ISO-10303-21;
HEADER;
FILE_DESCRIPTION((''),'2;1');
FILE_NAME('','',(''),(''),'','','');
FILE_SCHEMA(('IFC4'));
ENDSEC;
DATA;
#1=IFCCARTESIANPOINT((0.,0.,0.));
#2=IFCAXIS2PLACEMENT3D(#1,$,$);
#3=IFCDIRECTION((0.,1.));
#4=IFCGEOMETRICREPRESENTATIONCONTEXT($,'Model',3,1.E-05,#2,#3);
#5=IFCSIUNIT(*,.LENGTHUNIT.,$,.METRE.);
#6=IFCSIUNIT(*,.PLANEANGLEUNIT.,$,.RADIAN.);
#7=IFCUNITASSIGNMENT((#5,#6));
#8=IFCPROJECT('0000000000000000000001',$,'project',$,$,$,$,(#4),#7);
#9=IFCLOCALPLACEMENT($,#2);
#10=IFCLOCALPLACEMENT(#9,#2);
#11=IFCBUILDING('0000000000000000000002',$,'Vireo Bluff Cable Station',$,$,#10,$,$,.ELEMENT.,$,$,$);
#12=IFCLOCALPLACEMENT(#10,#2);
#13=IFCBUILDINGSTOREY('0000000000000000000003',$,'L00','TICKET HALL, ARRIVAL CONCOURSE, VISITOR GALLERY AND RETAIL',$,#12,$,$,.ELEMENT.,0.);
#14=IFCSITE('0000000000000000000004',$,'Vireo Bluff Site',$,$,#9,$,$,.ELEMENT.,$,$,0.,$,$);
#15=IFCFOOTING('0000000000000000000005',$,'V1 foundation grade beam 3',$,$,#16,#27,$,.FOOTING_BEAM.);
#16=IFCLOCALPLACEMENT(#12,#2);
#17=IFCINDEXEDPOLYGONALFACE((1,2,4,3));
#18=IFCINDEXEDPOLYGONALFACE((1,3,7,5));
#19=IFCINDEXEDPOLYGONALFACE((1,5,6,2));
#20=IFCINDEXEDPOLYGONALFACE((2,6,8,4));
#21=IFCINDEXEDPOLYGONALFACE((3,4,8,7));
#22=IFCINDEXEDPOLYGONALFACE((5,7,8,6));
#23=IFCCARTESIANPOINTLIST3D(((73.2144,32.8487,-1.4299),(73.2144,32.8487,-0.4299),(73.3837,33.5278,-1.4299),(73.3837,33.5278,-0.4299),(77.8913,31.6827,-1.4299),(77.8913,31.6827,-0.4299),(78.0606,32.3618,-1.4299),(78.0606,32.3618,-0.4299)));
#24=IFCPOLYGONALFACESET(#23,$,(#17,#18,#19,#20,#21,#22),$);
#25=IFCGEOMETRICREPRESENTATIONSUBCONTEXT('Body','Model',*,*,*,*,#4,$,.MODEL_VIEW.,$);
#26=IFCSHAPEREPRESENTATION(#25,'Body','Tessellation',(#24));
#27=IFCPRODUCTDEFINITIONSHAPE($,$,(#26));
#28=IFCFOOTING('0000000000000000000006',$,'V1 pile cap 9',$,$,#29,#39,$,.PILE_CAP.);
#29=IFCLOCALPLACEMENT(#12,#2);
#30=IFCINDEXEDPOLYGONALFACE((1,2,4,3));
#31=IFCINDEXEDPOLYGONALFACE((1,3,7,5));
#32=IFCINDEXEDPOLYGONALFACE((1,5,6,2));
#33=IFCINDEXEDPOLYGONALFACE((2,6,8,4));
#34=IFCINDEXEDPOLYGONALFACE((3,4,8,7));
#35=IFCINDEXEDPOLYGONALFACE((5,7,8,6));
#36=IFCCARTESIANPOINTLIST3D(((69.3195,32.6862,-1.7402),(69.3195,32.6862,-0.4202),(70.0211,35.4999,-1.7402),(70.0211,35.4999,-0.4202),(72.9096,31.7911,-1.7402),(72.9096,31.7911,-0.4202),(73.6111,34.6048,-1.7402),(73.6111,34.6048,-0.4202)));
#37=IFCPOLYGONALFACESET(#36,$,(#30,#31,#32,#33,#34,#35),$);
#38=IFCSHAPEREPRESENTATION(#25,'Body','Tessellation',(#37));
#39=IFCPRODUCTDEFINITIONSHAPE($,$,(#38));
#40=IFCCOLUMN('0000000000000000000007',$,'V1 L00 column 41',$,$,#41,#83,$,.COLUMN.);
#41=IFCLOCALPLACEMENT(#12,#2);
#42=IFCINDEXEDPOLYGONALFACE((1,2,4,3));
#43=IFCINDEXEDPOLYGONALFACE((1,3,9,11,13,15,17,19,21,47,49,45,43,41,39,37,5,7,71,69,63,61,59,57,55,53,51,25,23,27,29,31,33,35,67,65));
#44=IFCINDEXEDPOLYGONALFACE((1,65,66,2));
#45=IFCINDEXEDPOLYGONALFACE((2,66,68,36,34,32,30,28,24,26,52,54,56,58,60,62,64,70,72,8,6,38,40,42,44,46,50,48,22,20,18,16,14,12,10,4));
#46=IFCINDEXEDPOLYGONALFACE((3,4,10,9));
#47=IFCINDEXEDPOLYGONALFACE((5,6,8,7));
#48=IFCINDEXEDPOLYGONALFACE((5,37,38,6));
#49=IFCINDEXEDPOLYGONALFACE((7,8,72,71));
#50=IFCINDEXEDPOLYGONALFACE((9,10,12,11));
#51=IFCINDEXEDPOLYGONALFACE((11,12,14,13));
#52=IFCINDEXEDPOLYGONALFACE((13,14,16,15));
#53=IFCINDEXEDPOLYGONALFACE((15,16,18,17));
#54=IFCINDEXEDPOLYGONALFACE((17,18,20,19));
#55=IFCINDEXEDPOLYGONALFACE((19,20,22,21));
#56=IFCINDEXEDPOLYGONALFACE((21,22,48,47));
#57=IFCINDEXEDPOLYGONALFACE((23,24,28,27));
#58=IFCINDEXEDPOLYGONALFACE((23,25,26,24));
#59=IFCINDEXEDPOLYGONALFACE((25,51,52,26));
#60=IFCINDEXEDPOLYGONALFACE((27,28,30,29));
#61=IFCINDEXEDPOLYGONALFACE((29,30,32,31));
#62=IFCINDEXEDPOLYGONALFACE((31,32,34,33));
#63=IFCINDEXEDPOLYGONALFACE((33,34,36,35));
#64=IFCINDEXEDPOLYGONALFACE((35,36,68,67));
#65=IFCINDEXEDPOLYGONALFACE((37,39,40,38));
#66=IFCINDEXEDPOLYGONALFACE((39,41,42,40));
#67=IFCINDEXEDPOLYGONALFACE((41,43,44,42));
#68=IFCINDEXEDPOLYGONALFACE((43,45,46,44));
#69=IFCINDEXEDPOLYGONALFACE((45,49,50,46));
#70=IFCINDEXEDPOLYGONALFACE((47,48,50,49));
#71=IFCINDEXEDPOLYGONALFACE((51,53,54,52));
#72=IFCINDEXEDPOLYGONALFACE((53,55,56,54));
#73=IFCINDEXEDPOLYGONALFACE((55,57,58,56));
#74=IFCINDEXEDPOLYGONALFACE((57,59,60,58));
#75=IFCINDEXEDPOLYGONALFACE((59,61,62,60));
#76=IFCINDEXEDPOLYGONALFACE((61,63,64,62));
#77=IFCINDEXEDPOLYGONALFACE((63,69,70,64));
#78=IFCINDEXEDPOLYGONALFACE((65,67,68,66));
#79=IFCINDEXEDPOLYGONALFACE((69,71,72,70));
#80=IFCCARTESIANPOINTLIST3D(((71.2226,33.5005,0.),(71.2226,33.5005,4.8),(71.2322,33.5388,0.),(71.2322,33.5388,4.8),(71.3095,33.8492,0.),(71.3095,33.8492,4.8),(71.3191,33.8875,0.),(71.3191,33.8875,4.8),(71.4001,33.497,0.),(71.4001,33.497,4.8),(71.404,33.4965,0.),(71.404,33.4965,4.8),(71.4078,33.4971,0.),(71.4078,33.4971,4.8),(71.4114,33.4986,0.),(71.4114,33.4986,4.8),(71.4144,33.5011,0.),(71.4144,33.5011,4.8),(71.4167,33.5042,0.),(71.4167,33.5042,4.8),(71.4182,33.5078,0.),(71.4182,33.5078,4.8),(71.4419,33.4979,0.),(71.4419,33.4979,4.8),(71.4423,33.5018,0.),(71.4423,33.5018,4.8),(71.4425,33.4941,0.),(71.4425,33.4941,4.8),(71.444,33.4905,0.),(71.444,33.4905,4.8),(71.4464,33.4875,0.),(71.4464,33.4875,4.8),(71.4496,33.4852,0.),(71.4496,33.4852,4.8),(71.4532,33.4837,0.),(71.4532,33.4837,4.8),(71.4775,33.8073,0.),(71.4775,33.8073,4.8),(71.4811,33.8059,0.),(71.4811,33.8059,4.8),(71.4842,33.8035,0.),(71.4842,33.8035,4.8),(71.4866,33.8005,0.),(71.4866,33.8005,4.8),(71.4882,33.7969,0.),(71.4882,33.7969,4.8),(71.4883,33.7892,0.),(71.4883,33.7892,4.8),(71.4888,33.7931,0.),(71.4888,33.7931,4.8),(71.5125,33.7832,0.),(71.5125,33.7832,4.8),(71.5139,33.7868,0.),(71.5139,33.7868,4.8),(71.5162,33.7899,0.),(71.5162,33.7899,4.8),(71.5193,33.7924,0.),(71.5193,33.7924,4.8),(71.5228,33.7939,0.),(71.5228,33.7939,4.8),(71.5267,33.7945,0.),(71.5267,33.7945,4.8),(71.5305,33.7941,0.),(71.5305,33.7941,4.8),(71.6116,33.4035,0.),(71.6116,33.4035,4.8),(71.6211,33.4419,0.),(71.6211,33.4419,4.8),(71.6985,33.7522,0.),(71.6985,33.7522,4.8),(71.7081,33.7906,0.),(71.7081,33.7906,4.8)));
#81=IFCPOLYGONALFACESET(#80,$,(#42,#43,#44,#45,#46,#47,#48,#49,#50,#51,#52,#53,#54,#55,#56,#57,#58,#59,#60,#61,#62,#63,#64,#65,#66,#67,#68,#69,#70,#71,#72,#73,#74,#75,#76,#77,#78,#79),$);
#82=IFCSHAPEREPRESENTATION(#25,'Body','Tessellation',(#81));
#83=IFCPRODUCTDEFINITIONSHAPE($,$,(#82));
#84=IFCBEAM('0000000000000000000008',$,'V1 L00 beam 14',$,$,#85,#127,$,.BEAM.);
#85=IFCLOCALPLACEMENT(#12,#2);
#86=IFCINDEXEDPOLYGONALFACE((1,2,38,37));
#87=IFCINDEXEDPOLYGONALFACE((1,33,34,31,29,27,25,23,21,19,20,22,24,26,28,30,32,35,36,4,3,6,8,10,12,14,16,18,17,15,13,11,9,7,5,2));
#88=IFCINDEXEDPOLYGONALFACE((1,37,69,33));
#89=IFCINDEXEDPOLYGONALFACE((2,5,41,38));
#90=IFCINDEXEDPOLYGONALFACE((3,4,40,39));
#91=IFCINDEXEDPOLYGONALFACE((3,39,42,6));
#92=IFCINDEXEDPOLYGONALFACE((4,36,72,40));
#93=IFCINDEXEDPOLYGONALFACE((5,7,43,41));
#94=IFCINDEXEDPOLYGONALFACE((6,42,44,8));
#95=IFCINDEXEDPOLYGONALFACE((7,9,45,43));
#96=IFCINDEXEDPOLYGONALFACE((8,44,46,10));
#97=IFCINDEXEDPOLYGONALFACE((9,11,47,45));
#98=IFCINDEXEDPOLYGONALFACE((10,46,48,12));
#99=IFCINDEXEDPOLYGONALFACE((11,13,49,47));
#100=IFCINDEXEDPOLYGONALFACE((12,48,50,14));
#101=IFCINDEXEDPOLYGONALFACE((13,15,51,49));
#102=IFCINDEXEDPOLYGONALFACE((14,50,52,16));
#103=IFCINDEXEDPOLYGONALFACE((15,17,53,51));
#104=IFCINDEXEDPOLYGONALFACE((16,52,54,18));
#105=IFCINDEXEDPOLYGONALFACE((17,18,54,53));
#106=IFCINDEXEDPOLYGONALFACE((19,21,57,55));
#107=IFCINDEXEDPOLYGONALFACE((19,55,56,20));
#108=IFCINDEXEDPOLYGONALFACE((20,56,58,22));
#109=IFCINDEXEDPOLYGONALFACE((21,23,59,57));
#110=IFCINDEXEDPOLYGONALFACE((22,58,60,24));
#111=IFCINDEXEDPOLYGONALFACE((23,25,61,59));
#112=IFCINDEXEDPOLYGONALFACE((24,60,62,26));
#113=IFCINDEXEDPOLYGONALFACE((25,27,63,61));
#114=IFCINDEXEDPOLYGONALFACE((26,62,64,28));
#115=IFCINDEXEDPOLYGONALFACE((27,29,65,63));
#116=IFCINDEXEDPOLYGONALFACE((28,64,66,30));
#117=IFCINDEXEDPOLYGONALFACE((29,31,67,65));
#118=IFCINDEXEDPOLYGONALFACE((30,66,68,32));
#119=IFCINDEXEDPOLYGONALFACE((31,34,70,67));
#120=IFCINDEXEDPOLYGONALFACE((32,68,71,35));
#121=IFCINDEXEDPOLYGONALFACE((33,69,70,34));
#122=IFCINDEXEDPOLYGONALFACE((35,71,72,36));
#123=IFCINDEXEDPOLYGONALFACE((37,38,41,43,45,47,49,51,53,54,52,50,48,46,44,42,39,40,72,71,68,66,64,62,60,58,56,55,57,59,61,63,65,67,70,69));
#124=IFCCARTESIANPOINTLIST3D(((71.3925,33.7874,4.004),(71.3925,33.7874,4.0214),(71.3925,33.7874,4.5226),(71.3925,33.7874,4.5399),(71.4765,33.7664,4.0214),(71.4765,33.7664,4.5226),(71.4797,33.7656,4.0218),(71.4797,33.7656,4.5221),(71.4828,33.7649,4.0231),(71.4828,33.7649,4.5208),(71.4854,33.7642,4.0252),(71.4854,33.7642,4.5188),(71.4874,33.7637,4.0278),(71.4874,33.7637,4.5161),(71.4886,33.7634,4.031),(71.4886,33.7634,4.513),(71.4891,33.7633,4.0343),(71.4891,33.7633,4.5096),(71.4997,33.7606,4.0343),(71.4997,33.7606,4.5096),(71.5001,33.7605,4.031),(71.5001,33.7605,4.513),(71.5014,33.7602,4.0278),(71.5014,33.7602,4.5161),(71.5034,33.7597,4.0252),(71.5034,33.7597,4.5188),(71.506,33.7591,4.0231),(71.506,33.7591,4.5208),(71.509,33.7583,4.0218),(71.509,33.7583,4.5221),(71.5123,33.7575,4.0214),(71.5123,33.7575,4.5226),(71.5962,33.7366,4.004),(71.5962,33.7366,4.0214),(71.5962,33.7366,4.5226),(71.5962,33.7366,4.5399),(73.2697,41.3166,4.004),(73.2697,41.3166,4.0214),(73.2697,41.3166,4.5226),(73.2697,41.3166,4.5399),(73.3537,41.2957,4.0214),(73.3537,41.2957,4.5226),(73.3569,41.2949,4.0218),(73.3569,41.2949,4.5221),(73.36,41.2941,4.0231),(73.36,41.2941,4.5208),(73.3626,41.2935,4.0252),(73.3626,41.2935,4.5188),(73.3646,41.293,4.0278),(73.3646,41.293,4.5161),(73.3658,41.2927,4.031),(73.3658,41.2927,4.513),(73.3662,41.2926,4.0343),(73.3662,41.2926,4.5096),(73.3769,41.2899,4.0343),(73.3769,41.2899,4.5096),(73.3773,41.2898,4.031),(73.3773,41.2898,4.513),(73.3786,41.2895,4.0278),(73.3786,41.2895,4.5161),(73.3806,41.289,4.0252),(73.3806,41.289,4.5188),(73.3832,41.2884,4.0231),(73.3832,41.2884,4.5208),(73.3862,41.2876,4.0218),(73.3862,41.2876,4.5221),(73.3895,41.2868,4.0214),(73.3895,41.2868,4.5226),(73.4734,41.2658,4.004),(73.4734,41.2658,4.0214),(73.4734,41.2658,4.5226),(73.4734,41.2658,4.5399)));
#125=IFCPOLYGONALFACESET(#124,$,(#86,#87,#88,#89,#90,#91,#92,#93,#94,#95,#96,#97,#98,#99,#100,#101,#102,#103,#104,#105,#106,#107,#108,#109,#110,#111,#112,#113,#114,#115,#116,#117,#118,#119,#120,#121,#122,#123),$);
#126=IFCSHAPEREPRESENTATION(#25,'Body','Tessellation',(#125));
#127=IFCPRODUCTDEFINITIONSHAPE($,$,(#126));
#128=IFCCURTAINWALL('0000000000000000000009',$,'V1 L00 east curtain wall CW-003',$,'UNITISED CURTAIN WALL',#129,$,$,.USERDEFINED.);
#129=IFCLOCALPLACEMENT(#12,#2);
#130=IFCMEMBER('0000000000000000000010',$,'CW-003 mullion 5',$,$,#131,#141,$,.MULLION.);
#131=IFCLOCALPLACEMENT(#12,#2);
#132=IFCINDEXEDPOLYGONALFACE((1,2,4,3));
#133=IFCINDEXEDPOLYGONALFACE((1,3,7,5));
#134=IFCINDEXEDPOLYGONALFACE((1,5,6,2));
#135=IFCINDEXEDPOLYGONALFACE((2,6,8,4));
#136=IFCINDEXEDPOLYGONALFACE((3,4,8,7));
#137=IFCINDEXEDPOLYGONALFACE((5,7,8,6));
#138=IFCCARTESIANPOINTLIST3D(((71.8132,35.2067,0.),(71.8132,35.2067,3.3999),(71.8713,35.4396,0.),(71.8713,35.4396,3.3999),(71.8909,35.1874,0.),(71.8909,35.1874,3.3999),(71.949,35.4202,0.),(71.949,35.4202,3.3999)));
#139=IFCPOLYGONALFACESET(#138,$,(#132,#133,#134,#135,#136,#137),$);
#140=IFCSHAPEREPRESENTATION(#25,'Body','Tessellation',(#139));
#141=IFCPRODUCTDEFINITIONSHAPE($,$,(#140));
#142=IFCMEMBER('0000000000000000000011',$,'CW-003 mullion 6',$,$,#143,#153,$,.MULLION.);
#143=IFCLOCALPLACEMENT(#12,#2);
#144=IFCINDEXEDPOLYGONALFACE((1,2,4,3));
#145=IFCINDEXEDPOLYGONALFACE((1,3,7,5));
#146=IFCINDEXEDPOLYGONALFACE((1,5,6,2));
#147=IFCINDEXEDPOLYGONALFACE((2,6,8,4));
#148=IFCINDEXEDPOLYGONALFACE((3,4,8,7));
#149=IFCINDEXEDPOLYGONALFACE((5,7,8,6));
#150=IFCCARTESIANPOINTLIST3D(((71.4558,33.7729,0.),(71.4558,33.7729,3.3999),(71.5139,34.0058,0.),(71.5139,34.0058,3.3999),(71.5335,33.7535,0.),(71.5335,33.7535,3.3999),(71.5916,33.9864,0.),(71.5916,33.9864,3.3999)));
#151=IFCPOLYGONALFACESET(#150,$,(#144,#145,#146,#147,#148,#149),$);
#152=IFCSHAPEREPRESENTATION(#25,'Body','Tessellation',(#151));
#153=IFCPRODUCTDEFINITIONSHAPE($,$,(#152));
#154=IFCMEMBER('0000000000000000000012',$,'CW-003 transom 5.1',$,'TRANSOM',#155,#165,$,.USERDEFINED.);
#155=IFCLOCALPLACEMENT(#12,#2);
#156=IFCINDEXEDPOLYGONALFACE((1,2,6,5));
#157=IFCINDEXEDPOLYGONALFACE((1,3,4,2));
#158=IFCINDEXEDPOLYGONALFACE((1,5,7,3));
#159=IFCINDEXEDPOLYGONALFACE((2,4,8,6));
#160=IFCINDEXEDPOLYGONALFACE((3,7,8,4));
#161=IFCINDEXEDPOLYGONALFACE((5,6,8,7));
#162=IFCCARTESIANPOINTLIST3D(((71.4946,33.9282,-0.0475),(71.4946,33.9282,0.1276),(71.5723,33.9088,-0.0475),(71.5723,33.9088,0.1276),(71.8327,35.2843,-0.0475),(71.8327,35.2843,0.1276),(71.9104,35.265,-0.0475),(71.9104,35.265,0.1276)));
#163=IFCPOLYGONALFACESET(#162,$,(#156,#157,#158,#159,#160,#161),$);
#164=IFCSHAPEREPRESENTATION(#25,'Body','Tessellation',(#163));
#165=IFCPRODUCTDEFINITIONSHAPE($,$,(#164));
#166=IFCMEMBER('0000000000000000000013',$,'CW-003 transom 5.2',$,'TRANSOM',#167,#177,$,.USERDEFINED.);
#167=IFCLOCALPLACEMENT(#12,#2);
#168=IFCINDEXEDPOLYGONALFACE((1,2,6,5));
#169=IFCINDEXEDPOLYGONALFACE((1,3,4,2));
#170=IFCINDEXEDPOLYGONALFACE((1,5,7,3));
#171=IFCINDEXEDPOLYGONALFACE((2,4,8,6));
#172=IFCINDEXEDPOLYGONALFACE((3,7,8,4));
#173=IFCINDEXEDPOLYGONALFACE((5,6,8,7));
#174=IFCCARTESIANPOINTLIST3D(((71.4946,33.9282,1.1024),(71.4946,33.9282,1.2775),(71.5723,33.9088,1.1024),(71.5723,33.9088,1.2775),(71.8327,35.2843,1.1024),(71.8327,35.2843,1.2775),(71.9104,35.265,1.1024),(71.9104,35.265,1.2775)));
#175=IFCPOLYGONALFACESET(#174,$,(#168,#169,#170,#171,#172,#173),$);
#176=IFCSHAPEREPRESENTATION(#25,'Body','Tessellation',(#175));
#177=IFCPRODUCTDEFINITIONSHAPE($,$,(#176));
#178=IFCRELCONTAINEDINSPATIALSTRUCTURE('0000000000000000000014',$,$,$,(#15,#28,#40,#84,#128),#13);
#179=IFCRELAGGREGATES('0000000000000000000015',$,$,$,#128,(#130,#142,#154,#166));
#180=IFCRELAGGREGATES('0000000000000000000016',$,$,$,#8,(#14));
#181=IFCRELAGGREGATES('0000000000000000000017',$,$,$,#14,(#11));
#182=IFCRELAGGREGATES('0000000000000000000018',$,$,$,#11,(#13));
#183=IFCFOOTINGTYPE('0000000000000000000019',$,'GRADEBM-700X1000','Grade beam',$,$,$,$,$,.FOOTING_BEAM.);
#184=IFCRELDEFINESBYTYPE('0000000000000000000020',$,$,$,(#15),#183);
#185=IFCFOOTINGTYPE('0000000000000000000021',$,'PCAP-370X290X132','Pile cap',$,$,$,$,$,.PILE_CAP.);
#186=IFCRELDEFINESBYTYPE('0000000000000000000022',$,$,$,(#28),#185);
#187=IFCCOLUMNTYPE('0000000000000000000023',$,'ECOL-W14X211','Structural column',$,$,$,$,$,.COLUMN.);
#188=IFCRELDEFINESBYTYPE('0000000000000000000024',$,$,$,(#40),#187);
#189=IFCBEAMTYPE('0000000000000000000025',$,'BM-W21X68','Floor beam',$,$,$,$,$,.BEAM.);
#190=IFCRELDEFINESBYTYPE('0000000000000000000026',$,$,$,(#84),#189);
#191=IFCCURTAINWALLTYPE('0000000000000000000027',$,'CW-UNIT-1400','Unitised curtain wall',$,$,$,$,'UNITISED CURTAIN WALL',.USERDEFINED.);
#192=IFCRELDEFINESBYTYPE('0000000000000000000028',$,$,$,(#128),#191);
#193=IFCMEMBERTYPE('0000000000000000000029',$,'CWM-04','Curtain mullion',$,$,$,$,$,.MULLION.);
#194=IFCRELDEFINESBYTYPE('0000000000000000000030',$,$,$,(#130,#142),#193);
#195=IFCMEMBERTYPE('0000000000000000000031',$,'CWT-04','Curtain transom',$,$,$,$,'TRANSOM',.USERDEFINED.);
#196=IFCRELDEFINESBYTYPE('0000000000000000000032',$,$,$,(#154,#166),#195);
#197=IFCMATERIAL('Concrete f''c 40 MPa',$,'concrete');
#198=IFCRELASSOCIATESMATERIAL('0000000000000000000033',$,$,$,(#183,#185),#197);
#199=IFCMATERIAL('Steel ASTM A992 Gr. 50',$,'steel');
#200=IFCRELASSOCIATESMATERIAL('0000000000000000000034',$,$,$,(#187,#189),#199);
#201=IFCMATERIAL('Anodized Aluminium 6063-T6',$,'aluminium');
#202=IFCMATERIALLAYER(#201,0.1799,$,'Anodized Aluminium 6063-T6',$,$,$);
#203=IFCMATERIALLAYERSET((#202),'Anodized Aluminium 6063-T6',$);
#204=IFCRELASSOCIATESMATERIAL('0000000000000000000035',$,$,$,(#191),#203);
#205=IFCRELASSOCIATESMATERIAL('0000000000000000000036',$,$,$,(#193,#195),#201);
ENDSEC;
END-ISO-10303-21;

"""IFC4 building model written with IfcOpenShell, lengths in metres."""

from ifc_helpers import new_model, si_unit, direction, frame, origin, origin_2d, place, context, subcontext, project, spatial, rectangle, i_section, extrude, material, layer, layer_set, material_profile, profile_set, type_object, element, aggregate, save


model = new_model("IFC4")

# Units and contexts
model_context = context("Model", 3, precision=1e-05, world=origin(), true_north=direction((0.0, 1.0)))
body_context = subcontext(model_context, "Body", "Model", "MODEL_VIEW")
ifc_project = project(units=[si_unit("LENGTHUNIT", "METRE"), si_unit("PLANEANGLEUNIT", "RADIAN")], contexts=[model_context])

# Site, building, storey
site_placement = place(None, origin())
site = spatial("IfcSite", under=ifc_project, at=site_placement, Name="Vireo Bluff Site", CompositionType="ELEMENT", RefElevation=0.0)
building_placement = place(site_placement, origin())
building = spatial("IfcBuilding", under=site, at=building_placement, Name="Vireo Bluff Cable Station", CompositionType="ELEMENT")
storey_placement = place(building_placement, origin())
storey = spatial("IfcBuildingStorey", under=building, at=storey_placement, Name="L00", Description="TICKET HALL, ARRIVAL CONCOURSE, VISITOR GALLERY AND RETAIL", CompositionType="ELEMENT", Elevation=0.0)

# Footings
ifc_material_1 = material(Name="Concrete f'c 40 MPa", Category="concrete")
ifc_material_profile_1 = material_profile(ifc_material_1, rectangle(XDim=0.7, YDim=1.0, at=origin_2d()), Name="GRADEBM-700X1000")
ifc_profile_set_1 = profile_set([ifc_material_profile_1], Name="Concrete f'c 40 MPa")
footing_type_1 = type_object("IfcFootingType", Name="GRADEBM-700X1000", Description="Grade beam", PredefinedType="FOOTING_BEAM", material=ifc_profile_set_1)
footing_1_placement = place(storey_placement, frame((73.2991, 33.1882, -0.9299), z_axis=(0.9703, -0.241904, 0.0), x_axis=(0.241904, 0.9703, 0.0)))
element("IfcFooting", 1, at=footing_1_placement, inside=storey, type_object=footing_type_1, Name="V1 foundation grade beam 3", PredefinedType="FOOTING_BEAM", context=body_context, shape_type="SweptSolid", body=[
    extrude(rectangle(XDim=0.7, YDim=1.0, at=origin_2d()), origin(), (0.0, 0.0, 1.0), 4.8201),
])
footing_type_2 = type_object("IfcFootingType", Name="PCAP-370X290X132", Description="Pile cap", PredefinedType="PILE_CAP", material=ifc_material_1)
footing_2_placement = place(storey_placement, frame((71.4653, 33.6455, -1.7402), z_axis=(0.0, 0.0, 1.0), x_axis=(0.970296, -0.241922, 0.0)))
element("IfcFooting", 2, at=footing_2_placement, inside=storey, type_object=footing_type_2, Name="V1 pile cap 9", PredefinedType="PILE_CAP", context=body_context, shape_type="SweptSolid", body=[
    extrude(rectangle(XDim=3.7, YDim=2.8999, at=origin_2d()), origin(), (0.0, 0.0, 1.0), 1.3201),
])

# Column
ifc_material_2 = material(Name="Steel ASTM A992 Gr. 50", Category="steel")
ifc_material_profile_2 = material_profile(ifc_material_2, i_section(OverallWidth=0.4009, OverallDepth=0.3989, WebThickness=0.0249, FlangeThickness=0.0396, FilletRadius=0.0149, at=origin_2d()), Name="W14X211")
ifc_profile_set_2 = profile_set([ifc_material_profile_2], Name="Steel ASTM A992 Gr. 50")
column_type = type_object("IfcColumnType", Name="ECOL-W14X211", Description="Structural column", PredefinedType="COLUMN", material=ifc_profile_set_2)
column_placement = place(storey_placement, frame((71.4653, 33.6455, 0.0), z_axis=(0.0, 0.0, 1.0), x_axis=(0.970296, -0.241922, 0.0)))
element("IfcColumn", 3, at=column_placement, inside=storey, type_object=column_type, Name="V1 L00 column 41", PredefinedType="COLUMN", context=body_context, shape_type="SweptSolid", body=[
    extrude(i_section(OverallWidth=0.4009, OverallDepth=0.3989, WebThickness=0.0249, FlangeThickness=0.0396, FilletRadius=0.0149, at=origin_2d()), origin(), (0.0, 0.0, 1.0), 4.8),
])

# Beam
ifc_material_profile_3 = material_profile(ifc_material_2, i_section(OverallWidth=0.21, OverallDepth=0.5359, WebThickness=0.011, FlangeThickness=0.0173, FilletRadius=0.0129, at=origin_2d()), Name="W21X68")
ifc_profile_set_3 = profile_set([ifc_material_profile_3], Name="Steel ASTM A992 Gr. 50")
beam_type_1 = type_object("IfcBeamType", Name="BM-W21X68", Description="Floor beam", PredefinedType="BEAM", material=ifc_profile_set_3)
beam_1_placement = place(storey_placement, frame((71.4944, 33.762, 4.272), z_axis=(0.241914, 0.970298, 0.0), x_axis=(-0.970298, 0.241914, 0.0)))
element("IfcBeam", 4, at=beam_1_placement, inside=storey, type_object=beam_type_1, Name="V1 L00 beam 14", PredefinedType="BEAM", context=body_context, shape_type="SweptSolid", body=[
    extrude(i_section(OverallWidth=0.21, OverallDepth=0.5359, WebThickness=0.011, FlangeThickness=0.0173, FilletRadius=0.0129, at=origin_2d()), origin(), (0.0, 0.0, 1.0), 7.7598),
])

# Curtain wall, members
ifc_material_3 = material(Name="Anodized Aluminium 6063-T6", Category="aluminium")
ifc_layer_1 = layer(ifc_material_3, 0.1799, Name="Anodized Aluminium 6063-T6")
ifc_layer_set_1 = layer_set([ifc_layer_1], Name="Anodized Aluminium 6063-T6")
curtain_wall_type = type_object("IfcCurtainWallType", Name="CW-UNIT-1400", Description="Unitised curtain wall", ElementType="UNITISED CURTAIN WALL", PredefinedType="USERDEFINED", material=ifc_layer_set_1)
curtain_wall_placement = place(storey_placement, origin())
curtain_wall = element("IfcCurtainWall", 5, at=curtain_wall_placement, inside=storey, type_object=curtain_wall_type, Name="V1 L00 east curtain wall CW-003", ObjectType="UNITISED CURTAIN WALL", PredefinedType="USERDEFINED")
ifc_material_profile_4 = material_profile(ifc_material_3, rectangle(XDim=0.0801, YDim=0.24, at=origin_2d()), Name="ALU-M-80X240")
ifc_profile_set_4 = profile_set([ifc_material_profile_4], Name="Anodized Aluminium 6063-T6")
member_type_1 = type_object("IfcMemberType", Name="CWM-04", Description="Curtain mullion", PredefinedType="MULLION", material=ifc_profile_set_4)
member_1_placement = place(storey_placement, frame((71.8811, 35.3135, 0.0), z_axis=(0.0, 0.0, 1.0), x_axis=(0.970296, -0.241922, 0.0)))
member_1 = element("IfcMember", 6, at=member_1_placement, type_object=member_type_1, Name="CW-003 mullion 5", PredefinedType="MULLION", context=body_context, shape_type="SweptSolid", body=[
    extrude(rectangle(XDim=0.0801, YDim=0.24, at=origin_2d()), origin(), (0.0, 0.0, 1.0), 3.3999),
])
member_2_placement = place(storey_placement, frame((71.5237, 33.8796, 0.0), z_axis=(0.0, 0.0, 1.0), x_axis=(0.970296, -0.241922, 0.0)))
member_2 = element("IfcMember", 7, at=member_2_placement, type_object=member_type_1, Name="CW-003 mullion 6", PredefinedType="MULLION", context=body_context, shape_type="SweptSolid", body=[
    extrude(rectangle(XDim=0.0801, YDim=0.24, at=origin_2d()), origin(), (0.0, 0.0, 1.0), 3.3999),
])
ifc_material_profile_5 = material_profile(ifc_material_3, rectangle(XDim=0.0801, YDim=0.175, at=origin_2d()), Name="ALU-T-80X175")
ifc_profile_set_5 = profile_set([ifc_material_profile_5], Name="Anodized Aluminium 6063-T6")
member_type_2 = type_object("IfcMemberType", Name="CWT-04", Description="Curtain transom", ElementType="TRANSOM", PredefinedType="USERDEFINED", material=ifc_profile_set_5)
member_3_placement = place(storey_placement, frame((71.8716, 35.2747, 0.04), z_axis=(-0.241919, -0.970296, 0.0), x_axis=(0.970296, -0.241919, 0.0)))
member_3 = element("IfcMember", 8, at=member_3_placement, type_object=member_type_2, Name="CW-003 transom 5.1", ObjectType="TRANSOM", PredefinedType="USERDEFINED", context=body_context, shape_type="SweptSolid", body=[
    extrude(rectangle(XDim=0.0801, YDim=0.175, at=origin_2d()), origin(), (0.0, 0.0, 1.0), 1.3977),
])
member_4_placement = place(storey_placement, frame((71.8716, 35.2747, 1.1899), z_axis=(-0.241919, -0.970296, 0.0), x_axis=(0.970296, -0.241919, 0.0)))
member_4 = element("IfcMember", 9, at=member_4_placement, type_object=member_type_2, Name="CW-003 transom 5.2", ObjectType="TRANSOM", PredefinedType="USERDEFINED", context=body_context, shape_type="SweptSolid", body=[
    extrude(rectangle(XDim=0.0801, YDim=0.175, at=origin_2d()), origin(), (0.0, 0.0, 1.0), 1.3977),
])

aggregate(curtain_wall, [member_1, member_2, member_3, member_4])

save(model, "model.ifc")
